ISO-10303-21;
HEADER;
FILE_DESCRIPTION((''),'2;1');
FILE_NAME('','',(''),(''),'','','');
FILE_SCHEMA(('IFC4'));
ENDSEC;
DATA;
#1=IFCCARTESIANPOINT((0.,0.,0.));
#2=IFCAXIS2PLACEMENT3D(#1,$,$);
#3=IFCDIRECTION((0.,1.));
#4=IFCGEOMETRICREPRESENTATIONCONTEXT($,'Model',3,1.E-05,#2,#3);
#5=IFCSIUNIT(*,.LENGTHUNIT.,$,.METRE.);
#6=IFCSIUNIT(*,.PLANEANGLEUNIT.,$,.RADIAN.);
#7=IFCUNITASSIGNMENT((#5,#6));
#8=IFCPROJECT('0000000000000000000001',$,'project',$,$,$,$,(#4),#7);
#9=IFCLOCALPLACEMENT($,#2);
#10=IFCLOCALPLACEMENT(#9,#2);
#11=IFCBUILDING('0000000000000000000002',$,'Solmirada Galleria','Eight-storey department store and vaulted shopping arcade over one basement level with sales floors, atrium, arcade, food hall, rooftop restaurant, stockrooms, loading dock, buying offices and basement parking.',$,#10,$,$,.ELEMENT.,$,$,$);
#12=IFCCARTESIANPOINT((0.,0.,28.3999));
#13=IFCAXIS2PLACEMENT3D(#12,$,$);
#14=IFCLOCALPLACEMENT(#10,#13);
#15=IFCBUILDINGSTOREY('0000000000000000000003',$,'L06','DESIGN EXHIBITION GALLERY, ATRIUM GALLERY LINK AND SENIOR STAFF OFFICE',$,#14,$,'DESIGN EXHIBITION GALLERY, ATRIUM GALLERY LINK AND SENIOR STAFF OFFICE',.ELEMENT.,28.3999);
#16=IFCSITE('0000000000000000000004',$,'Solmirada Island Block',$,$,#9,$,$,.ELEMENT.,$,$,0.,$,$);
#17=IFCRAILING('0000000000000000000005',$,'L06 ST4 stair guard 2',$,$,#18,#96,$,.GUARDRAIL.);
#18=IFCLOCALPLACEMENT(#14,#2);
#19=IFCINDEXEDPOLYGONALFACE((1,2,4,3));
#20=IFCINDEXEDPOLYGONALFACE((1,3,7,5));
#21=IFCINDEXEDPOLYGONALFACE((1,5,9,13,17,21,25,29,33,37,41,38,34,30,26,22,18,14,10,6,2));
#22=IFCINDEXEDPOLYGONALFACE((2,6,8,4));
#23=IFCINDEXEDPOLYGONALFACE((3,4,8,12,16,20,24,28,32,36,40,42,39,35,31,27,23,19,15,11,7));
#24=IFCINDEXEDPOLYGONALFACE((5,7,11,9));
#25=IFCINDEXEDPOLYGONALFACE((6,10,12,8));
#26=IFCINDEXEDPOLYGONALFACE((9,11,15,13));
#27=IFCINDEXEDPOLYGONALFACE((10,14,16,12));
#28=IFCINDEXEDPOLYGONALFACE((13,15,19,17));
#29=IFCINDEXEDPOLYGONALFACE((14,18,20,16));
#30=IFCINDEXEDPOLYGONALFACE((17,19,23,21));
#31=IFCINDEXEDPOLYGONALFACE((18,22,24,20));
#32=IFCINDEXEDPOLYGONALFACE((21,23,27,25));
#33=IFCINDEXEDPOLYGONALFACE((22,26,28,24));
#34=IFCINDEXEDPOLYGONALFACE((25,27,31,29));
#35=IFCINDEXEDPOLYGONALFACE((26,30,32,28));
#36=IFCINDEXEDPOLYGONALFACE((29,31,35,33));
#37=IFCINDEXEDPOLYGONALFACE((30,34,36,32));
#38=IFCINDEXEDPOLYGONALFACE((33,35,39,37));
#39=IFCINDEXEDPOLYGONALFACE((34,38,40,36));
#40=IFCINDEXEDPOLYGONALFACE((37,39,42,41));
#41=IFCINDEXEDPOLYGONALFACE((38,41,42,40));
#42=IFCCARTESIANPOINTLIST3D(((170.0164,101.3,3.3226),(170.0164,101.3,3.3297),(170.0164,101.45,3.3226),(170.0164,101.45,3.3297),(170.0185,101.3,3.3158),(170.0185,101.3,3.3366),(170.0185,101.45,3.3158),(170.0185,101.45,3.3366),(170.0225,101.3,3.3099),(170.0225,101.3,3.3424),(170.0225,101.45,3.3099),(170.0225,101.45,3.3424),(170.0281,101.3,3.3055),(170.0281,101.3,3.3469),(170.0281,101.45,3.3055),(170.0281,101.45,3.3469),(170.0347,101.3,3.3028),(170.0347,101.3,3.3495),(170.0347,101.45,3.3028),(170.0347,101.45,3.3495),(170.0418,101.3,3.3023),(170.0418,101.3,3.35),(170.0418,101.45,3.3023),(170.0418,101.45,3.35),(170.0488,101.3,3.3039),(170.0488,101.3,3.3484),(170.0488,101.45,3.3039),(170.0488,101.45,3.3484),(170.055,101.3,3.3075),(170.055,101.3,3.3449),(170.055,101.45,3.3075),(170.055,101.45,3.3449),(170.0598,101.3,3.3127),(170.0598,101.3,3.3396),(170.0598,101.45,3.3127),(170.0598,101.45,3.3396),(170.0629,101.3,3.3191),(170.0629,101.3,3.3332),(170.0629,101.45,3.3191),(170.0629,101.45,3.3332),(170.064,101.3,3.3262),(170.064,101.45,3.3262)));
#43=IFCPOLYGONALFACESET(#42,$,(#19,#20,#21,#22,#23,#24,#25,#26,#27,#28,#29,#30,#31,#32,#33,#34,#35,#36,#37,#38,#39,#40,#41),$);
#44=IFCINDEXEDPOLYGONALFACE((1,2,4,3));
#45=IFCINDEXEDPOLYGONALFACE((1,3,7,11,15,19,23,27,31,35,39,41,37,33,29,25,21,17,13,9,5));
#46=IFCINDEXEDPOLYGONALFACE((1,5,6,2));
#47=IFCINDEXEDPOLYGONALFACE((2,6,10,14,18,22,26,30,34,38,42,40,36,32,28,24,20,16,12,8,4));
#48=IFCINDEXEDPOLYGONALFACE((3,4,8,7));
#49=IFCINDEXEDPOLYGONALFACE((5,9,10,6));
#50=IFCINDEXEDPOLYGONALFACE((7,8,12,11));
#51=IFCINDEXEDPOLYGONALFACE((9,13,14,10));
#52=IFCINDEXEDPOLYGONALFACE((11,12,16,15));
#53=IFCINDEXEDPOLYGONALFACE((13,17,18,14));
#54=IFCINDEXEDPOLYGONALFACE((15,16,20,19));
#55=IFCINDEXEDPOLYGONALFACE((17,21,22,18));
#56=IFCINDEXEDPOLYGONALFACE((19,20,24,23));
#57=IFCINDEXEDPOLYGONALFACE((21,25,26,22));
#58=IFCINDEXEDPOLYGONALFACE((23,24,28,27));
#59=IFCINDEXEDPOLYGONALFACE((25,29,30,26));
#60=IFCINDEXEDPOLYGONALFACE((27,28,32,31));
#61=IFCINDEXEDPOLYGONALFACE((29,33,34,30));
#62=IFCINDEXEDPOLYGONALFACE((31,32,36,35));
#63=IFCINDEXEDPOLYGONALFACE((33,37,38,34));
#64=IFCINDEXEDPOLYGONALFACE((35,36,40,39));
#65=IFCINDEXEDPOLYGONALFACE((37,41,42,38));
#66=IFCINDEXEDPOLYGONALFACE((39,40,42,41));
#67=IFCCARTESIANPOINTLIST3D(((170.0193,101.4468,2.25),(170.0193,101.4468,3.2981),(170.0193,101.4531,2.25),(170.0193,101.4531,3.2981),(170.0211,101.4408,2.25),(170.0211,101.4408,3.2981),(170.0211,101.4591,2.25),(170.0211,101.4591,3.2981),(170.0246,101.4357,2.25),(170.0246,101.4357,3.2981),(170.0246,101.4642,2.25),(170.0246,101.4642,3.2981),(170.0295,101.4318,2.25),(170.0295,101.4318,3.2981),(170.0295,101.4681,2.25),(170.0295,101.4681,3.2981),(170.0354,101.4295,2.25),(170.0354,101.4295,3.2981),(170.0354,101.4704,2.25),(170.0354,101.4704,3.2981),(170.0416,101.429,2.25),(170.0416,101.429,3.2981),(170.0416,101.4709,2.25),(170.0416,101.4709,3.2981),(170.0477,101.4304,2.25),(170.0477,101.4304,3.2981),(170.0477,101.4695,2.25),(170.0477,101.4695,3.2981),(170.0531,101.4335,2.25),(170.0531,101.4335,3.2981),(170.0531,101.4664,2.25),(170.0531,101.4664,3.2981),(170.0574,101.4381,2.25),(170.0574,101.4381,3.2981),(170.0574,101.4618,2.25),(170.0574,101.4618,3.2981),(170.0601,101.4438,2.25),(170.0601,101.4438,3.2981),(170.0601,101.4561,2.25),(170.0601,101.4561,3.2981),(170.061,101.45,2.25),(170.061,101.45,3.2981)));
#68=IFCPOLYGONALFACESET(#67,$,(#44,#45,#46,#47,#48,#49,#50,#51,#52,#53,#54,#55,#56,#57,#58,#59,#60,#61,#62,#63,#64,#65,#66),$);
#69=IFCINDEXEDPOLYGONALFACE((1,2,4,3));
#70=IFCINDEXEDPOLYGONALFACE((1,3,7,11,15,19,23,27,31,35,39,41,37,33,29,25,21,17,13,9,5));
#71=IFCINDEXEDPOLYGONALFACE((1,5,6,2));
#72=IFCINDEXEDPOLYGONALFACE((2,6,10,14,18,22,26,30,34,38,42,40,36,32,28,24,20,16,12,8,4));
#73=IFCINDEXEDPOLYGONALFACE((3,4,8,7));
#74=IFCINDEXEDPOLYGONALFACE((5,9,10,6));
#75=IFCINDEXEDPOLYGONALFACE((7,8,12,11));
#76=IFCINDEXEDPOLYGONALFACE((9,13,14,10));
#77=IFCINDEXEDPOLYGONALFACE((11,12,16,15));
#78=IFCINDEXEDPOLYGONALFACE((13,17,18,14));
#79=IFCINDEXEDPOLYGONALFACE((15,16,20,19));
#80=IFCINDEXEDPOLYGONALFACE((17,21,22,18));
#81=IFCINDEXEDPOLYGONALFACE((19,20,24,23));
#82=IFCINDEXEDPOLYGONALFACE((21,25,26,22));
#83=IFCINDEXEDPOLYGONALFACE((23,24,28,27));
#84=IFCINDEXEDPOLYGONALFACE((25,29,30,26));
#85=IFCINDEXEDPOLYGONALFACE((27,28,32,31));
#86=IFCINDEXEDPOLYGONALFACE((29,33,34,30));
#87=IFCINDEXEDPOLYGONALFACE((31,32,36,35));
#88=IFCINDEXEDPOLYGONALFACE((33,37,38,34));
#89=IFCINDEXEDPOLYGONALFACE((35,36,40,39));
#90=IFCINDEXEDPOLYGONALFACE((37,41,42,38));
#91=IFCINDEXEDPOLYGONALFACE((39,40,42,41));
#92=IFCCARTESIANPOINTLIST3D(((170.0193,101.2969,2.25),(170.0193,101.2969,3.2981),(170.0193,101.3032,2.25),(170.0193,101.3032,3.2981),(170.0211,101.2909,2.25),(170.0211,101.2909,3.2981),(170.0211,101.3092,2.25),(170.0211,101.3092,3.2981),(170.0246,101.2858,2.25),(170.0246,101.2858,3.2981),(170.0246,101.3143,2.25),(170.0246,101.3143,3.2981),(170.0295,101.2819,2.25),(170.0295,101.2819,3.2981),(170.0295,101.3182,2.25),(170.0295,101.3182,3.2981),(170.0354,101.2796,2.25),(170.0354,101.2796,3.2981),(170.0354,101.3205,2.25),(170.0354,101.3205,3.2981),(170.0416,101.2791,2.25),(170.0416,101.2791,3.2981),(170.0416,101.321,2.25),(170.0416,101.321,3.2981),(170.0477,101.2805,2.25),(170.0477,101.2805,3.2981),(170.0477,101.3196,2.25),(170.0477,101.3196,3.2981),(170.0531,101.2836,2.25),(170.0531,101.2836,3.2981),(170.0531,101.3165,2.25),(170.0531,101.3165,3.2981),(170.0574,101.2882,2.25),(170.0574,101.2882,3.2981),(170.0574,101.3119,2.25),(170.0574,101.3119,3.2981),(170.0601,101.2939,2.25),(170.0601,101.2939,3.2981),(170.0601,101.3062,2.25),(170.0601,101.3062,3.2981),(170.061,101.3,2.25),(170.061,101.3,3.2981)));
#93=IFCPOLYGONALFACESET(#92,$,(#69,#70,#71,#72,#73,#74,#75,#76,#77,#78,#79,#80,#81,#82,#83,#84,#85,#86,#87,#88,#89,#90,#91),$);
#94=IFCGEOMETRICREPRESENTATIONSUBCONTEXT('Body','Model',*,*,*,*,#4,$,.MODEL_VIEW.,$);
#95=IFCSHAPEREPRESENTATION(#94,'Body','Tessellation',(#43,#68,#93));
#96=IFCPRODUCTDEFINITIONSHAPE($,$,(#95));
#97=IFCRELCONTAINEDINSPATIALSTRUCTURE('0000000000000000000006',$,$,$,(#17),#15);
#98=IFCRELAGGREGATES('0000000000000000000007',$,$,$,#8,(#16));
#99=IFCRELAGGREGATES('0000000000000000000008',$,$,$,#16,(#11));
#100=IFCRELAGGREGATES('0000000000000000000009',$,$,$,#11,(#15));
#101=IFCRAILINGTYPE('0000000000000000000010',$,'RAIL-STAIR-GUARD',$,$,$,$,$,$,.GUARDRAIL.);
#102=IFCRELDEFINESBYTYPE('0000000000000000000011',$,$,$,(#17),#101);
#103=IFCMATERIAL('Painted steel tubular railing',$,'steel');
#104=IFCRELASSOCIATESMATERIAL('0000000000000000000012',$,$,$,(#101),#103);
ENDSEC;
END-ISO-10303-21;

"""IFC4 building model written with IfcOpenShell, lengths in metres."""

from ifc_helpers import new_model, si_unit, direction, frame, origin, origin_2d, place, context, subcontext, project, spatial, circle, extrude, material, type_object, element, save


model = new_model("IFC4")

# Units and contexts
model_context = context("Model", 3, precision=1e-05, world=origin(), true_north=direction((0.0, 1.0)))
body_context = subcontext(model_context, "Body", "Model", "MODEL_VIEW")
ifc_project = project(units=[si_unit("LENGTHUNIT", "METRE"), si_unit("PLANEANGLEUNIT", "RADIAN")], contexts=[model_context])

# Site, building, storey
site_placement = place(None, origin())
site = spatial("IfcSite", under=ifc_project, at=site_placement, Name="Solmirada Island Block", CompositionType="ELEMENT", RefElevation=0.0)
building_placement = place(site_placement, origin())
building = spatial("IfcBuilding", under=site, at=building_placement, Name="Solmirada Galleria", Description="Eight-storey department store and vaulted shopping arcade over one basement level with sales floors, atrium, arcade, food hall, rooftop restaurant, stockrooms, loading dock, buying offices and basement parking.", CompositionType="ELEMENT")
storey_placement = place(building_placement, frame((0.0, 0.0, 28.3999)))
storey = spatial("IfcBuildingStorey", under=building, at=storey_placement, Name="L06", Description="DESIGN EXHIBITION GALLERY, ATRIUM GALLERY LINK AND SENIOR STAFF OFFICE", LongName="DESIGN EXHIBITION GALLERY, ATRIUM GALLERY LINK AND SENIOR STAFF OFFICE", CompositionType="ELEMENT", Elevation=28.3999)

# Railing
ifc_material_1 = material(Name="Painted steel tubular railing", Category="steel")
railing_type_1 = type_object("IfcRailingType", Name="RAIL-STAIR-GUARD", PredefinedType="GUARDRAIL", material=ifc_material_1)
railing_1_placement = place(storey_placement, frame((170.04, 101.45, 2.25)))
element("IfcRailing", 1, at=railing_1_placement, inside=storey, type_object=railing_type_1, Name="L06 ST4 stair guard 2", PredefinedType="GUARDRAIL", context=body_context, shape_type="SweptSolid", body=[
    extrude(circle(Radius=0.0239, at=origin_2d()), frame((0.0, 0.0, 1.0762), z_axis=(0.0, -1.0, 0.0), x_axis=(1.0, 0.0, 0.0)), (0.0, 0.0, 1.0), 0.1499),
    extrude(circle(Radius=0.021, at=origin_2d()), origin(), (0.0, 0.0, 1.0), 1.0481),
    extrude(circle(Radius=0.021, at=origin_2d()), frame((0.0, -0.1499, 0.0)), (0.0, 0.0, 1.0), 1.0481),
])

save(model, "model.ifc")
